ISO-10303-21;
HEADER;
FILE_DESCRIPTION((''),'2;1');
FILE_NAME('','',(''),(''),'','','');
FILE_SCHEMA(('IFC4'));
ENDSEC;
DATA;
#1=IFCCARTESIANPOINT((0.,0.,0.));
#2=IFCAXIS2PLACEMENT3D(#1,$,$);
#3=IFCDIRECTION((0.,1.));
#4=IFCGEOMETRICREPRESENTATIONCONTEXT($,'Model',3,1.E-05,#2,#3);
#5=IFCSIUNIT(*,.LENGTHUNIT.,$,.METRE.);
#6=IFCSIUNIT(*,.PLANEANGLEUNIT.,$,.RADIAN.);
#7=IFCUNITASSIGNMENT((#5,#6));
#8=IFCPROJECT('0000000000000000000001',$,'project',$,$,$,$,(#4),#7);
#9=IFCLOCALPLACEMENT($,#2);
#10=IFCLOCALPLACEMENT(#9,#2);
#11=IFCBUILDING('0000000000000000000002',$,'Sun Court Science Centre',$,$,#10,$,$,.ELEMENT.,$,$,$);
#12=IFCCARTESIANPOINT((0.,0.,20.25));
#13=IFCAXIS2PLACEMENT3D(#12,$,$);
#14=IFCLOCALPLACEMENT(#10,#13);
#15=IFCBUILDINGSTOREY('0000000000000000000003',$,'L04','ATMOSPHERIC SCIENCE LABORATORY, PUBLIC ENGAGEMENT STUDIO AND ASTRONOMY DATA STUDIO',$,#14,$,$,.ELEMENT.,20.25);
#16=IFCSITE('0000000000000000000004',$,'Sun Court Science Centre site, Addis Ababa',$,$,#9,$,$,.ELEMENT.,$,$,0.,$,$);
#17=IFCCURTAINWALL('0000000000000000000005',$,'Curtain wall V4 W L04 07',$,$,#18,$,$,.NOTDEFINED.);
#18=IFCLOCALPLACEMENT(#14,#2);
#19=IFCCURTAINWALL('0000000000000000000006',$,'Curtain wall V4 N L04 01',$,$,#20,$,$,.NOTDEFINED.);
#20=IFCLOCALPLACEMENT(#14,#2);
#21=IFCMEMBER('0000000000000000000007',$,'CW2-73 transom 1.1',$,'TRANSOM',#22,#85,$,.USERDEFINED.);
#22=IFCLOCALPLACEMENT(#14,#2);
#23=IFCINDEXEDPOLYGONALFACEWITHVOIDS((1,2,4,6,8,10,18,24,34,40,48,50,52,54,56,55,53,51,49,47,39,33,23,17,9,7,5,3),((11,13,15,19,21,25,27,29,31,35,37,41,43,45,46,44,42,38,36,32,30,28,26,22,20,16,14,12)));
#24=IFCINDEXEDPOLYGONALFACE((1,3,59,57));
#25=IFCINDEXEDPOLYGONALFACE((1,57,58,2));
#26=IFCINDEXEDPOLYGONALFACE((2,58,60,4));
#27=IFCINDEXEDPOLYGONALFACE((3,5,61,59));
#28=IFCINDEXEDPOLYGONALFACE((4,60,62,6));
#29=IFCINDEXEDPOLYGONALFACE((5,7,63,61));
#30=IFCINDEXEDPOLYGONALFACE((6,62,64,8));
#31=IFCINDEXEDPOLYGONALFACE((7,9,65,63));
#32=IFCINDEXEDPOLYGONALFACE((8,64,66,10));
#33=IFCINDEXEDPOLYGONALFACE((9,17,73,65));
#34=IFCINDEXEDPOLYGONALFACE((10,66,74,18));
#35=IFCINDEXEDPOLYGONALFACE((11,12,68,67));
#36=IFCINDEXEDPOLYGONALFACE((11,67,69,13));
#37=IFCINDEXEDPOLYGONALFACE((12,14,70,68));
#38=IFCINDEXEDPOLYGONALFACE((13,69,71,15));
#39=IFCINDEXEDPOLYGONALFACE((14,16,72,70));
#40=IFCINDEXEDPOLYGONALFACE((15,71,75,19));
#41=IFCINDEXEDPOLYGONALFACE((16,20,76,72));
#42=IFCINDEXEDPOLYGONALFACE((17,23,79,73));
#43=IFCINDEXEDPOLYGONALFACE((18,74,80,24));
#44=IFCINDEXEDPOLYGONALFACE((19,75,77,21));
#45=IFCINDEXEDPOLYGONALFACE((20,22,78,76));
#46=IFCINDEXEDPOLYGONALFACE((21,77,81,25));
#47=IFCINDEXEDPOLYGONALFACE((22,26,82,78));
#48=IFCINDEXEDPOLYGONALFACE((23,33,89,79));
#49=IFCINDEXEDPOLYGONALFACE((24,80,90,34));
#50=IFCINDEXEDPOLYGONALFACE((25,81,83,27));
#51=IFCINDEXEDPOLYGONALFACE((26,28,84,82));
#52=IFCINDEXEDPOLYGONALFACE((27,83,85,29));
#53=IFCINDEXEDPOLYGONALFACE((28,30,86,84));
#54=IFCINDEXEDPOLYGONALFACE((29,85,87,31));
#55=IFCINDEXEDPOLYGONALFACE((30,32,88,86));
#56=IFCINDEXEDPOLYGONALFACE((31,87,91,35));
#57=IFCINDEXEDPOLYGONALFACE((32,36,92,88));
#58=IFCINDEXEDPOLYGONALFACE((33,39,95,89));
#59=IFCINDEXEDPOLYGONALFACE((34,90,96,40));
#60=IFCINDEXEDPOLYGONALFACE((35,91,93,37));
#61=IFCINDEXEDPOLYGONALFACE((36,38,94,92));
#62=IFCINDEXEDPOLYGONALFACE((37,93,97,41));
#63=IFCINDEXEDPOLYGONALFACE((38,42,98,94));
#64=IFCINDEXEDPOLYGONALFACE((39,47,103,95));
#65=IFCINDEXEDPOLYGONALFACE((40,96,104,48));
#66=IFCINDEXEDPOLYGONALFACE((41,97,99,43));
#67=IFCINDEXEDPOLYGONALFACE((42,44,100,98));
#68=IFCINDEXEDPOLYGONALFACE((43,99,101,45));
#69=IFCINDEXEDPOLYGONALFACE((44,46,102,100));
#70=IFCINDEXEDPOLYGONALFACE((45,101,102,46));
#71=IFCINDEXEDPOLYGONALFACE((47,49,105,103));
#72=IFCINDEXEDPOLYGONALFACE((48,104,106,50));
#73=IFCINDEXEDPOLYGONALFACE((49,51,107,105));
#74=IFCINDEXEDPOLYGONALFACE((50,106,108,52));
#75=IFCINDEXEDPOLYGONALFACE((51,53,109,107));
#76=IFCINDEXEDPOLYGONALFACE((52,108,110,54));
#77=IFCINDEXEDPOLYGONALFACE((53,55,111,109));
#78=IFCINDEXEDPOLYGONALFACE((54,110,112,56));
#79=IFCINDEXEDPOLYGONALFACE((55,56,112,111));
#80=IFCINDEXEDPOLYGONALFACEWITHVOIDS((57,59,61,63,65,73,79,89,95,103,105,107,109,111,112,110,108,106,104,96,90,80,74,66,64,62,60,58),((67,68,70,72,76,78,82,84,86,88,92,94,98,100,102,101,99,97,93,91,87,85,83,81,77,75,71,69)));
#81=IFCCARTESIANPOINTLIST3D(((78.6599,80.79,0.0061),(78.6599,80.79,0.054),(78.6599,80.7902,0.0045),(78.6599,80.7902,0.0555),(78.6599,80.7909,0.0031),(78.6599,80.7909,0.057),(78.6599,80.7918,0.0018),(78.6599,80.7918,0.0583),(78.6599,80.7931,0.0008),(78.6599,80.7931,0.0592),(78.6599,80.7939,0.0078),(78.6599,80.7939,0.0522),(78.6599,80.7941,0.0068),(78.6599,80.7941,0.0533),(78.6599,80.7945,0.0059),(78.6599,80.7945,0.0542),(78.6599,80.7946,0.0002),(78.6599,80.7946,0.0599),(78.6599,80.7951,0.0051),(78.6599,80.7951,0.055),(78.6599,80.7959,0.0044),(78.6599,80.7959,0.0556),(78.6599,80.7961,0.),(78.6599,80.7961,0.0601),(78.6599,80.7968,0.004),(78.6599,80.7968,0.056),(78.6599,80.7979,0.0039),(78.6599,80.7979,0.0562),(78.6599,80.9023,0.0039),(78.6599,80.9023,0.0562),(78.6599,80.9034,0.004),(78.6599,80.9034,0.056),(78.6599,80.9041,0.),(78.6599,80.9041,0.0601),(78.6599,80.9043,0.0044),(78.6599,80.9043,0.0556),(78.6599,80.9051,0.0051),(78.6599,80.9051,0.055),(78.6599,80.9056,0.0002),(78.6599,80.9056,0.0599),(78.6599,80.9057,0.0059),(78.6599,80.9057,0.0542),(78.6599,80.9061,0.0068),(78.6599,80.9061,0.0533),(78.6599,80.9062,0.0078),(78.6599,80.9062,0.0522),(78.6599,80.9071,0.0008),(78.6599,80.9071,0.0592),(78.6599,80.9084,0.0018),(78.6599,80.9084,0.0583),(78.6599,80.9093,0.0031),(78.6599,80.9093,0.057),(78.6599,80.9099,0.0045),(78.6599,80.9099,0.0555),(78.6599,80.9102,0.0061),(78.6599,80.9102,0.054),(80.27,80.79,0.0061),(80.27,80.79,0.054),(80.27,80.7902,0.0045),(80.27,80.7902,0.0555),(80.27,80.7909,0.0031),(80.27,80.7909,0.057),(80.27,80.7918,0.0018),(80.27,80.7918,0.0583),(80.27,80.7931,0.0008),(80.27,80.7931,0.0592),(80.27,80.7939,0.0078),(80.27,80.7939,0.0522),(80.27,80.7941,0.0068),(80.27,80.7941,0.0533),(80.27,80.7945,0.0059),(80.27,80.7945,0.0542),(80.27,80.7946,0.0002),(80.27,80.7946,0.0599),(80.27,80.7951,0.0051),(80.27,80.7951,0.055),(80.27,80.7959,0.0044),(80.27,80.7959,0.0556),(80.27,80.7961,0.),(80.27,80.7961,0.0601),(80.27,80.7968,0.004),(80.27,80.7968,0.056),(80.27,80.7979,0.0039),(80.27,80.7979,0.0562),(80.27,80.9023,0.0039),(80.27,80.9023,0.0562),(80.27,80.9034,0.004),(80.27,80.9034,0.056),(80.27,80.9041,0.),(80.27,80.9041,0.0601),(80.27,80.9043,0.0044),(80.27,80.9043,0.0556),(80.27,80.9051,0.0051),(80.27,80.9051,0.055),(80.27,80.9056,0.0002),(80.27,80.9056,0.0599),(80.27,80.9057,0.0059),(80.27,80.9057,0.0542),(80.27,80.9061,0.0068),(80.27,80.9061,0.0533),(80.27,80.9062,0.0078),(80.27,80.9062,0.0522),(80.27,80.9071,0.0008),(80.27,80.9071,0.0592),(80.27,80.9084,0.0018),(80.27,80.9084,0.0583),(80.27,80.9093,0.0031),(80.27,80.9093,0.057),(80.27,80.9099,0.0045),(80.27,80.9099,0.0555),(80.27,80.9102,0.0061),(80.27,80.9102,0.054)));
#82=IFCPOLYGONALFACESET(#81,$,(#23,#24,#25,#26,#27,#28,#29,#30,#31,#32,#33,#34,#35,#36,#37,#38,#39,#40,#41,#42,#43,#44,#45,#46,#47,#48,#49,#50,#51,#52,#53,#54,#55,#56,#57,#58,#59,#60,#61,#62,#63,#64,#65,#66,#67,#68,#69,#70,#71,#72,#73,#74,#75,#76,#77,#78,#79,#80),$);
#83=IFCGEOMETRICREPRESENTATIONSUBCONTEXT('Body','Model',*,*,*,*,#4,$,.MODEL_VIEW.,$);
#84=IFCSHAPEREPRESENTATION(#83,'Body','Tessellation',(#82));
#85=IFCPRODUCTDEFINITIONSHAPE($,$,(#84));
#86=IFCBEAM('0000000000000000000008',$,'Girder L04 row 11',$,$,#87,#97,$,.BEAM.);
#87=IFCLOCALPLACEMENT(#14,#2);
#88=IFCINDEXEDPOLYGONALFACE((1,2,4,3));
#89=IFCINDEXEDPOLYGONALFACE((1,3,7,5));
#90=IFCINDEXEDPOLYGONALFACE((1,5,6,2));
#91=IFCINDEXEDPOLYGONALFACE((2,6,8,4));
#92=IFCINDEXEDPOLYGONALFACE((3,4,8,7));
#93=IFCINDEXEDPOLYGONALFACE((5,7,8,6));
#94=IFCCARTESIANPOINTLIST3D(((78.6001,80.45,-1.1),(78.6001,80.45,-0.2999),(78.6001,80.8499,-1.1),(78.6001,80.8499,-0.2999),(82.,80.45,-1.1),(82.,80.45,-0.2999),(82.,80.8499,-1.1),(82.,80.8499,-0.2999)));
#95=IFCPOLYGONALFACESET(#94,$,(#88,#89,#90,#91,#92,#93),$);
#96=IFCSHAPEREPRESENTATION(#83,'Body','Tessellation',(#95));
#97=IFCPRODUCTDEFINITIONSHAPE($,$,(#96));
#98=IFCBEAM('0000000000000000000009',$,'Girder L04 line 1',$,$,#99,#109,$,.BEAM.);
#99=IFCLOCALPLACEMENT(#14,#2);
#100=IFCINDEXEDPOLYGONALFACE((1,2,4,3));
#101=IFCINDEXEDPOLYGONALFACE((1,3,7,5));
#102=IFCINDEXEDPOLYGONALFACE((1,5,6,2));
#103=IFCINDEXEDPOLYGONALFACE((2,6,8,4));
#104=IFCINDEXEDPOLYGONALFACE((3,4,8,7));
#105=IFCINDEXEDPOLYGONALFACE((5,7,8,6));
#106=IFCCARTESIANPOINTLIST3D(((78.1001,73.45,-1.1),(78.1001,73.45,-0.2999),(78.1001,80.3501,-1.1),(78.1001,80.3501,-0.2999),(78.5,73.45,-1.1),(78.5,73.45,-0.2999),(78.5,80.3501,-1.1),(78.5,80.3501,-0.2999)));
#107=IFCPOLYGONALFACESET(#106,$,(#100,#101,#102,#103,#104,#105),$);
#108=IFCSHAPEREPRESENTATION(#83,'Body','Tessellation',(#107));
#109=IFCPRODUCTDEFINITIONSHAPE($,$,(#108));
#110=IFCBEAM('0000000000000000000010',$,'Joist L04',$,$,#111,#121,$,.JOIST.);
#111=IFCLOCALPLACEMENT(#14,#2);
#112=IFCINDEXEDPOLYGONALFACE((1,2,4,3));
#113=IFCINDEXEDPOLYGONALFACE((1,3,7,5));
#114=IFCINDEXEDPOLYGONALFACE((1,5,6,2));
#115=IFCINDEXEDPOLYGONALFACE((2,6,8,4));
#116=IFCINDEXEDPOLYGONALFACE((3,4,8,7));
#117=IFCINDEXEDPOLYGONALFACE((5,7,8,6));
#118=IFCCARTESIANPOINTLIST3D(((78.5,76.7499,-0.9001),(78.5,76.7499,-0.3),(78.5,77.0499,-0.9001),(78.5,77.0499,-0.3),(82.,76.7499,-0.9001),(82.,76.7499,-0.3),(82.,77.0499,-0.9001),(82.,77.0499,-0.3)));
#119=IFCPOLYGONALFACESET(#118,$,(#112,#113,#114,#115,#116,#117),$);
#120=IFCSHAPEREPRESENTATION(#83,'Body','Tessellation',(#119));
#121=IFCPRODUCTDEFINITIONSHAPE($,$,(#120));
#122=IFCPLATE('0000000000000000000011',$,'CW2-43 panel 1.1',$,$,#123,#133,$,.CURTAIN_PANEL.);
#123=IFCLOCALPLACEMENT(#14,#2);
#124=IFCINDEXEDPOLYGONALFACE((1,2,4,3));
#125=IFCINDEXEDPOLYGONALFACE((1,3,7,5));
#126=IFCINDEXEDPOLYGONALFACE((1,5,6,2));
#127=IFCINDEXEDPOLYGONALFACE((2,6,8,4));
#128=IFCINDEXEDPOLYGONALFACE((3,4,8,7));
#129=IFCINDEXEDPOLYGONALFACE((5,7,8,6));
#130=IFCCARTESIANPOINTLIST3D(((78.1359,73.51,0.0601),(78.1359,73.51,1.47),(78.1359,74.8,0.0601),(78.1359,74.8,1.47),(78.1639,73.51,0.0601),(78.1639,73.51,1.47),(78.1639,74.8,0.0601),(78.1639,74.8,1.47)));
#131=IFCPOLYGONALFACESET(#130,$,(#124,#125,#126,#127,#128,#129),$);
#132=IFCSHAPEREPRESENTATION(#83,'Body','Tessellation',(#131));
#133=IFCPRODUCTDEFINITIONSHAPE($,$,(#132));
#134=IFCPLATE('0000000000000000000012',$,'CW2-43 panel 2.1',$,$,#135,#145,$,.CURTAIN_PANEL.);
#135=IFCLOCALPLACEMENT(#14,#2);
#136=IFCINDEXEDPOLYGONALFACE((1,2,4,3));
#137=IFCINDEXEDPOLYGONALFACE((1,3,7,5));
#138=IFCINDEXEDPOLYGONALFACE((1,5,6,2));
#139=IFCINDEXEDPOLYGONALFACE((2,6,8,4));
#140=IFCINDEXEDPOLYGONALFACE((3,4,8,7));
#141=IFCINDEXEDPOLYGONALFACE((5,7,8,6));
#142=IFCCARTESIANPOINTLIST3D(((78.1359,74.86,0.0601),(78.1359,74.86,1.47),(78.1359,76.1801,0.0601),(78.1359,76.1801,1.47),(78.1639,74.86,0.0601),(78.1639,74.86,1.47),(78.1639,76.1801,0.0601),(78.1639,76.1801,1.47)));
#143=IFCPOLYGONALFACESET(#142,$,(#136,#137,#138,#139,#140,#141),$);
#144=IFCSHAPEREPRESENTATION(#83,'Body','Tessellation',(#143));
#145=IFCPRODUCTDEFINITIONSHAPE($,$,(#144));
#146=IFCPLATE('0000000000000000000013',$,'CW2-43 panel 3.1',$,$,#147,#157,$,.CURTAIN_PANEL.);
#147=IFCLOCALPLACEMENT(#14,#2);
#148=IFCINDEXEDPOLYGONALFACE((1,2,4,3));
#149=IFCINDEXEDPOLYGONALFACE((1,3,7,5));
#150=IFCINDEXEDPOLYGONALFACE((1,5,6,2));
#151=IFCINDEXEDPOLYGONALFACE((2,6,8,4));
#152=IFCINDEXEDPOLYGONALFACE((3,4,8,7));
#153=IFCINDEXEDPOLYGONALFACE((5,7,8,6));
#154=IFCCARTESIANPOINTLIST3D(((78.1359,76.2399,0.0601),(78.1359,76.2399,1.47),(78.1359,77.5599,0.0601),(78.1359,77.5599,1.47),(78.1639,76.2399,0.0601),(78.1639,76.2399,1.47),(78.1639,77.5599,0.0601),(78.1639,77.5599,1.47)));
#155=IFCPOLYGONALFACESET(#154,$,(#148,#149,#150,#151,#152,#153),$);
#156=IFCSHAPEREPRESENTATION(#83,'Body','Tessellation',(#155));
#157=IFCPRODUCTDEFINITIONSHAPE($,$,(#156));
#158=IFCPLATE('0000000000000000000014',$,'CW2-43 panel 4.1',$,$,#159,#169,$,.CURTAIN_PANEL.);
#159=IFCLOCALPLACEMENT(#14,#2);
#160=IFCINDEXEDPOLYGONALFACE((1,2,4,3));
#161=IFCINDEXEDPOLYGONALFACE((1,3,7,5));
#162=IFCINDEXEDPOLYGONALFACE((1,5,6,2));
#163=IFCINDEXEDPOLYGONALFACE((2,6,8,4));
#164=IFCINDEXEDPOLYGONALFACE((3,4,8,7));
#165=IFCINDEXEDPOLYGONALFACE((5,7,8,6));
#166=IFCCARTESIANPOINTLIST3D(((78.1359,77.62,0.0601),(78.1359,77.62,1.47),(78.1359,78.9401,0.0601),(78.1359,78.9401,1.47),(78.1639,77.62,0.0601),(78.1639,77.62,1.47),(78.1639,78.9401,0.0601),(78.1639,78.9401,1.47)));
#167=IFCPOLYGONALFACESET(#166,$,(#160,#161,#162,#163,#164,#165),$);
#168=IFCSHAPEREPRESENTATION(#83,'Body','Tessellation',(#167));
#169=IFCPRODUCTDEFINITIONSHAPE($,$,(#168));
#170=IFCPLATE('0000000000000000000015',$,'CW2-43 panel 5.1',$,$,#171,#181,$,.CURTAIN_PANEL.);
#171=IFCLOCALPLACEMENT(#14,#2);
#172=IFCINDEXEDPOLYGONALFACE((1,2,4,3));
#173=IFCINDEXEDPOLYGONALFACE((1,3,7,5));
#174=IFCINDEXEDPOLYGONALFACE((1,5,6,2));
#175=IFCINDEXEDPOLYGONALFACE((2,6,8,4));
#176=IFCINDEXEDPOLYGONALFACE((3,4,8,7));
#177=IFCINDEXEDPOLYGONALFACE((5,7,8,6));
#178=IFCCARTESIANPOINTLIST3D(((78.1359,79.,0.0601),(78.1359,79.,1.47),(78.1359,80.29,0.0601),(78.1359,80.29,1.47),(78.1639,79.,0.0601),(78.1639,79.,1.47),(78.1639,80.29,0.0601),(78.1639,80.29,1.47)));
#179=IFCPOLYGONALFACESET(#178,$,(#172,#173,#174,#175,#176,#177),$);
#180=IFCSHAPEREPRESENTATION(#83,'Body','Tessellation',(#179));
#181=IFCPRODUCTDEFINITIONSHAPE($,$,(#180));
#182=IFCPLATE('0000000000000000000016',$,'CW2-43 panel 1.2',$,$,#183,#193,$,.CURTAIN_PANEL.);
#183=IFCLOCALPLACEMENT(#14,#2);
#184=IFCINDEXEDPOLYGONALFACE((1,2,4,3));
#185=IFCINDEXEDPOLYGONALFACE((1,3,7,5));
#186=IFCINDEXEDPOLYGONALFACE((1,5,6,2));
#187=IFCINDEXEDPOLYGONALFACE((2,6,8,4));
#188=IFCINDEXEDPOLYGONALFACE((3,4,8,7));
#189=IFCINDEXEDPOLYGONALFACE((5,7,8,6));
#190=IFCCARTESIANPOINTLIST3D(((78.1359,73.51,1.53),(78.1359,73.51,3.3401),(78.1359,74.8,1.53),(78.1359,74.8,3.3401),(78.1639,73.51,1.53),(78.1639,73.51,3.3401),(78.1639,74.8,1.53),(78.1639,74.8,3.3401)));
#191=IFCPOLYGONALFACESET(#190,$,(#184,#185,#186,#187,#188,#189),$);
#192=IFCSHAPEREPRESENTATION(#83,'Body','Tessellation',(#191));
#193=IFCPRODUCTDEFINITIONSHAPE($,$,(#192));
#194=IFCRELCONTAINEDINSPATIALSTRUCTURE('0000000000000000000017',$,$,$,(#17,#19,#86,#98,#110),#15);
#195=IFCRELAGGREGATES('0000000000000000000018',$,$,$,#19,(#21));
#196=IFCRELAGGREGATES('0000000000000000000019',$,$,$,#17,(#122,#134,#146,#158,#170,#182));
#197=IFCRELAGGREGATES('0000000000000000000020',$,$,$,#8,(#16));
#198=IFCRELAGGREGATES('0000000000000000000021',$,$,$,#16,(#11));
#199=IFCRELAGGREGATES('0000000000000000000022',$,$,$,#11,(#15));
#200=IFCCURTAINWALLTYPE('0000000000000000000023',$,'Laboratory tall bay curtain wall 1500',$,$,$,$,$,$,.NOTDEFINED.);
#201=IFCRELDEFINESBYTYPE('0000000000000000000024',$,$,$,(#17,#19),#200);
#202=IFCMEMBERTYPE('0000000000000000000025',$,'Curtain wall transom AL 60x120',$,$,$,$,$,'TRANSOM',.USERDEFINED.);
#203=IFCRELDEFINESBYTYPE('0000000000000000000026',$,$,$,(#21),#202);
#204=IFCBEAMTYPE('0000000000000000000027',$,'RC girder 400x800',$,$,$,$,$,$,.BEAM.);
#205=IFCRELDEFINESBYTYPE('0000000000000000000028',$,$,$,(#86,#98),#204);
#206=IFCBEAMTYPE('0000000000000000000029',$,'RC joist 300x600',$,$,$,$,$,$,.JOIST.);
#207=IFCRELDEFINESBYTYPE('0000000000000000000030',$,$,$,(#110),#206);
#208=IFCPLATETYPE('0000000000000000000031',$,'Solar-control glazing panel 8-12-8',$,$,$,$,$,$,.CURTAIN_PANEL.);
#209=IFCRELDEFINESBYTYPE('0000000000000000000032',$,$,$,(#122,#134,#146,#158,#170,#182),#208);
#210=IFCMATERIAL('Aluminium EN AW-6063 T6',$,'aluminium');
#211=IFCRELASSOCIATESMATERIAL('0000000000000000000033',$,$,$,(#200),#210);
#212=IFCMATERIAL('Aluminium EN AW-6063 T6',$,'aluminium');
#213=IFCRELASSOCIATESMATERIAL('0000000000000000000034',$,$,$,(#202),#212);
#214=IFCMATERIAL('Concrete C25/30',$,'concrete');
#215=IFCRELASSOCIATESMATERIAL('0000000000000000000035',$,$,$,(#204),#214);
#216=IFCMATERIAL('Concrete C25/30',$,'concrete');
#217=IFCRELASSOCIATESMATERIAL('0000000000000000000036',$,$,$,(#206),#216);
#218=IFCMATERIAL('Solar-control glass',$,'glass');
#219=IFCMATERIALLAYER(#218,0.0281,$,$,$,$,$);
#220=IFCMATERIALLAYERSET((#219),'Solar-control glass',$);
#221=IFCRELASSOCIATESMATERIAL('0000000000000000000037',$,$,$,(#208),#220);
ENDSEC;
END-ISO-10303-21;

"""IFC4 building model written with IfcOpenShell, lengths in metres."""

from ifc_helpers import new_model, si_unit, direction, frame, origin, origin_2d, place, context, subcontext, project, spatial, rectangle, hollow_rectangle, extrude, material, layer, layer_set, material_profile, profile_set, type_object, element, aggregate, save


model = new_model("IFC4")

# Units and contexts
model_context = context("Model", 3, precision=1e-05, world=origin(), true_north=direction((0.0, 1.0)))
body_context = subcontext(model_context, "Body", "Model", "MODEL_VIEW")
ifc_project = project(units=[si_unit("LENGTHUNIT", "METRE"), si_unit("PLANEANGLEUNIT", "RADIAN")], contexts=[model_context])

# Site, building, storey
site_placement = place(None, origin())
site = spatial("IfcSite", under=ifc_project, at=site_placement, Name="Sun Court Science Centre site, Addis Ababa", CompositionType="ELEMENT", RefElevation=0.0)
building_placement = place(site_placement, origin())
building = spatial("IfcBuilding", under=site, at=building_placement, Name="Sun Court Science Centre", CompositionType="ELEMENT")
storey_placement = place(building_placement, frame((0.0, 0.0, 20.25)))
storey = spatial("IfcBuildingStorey", under=building, at=storey_placement, Name="L04", Description="ATMOSPHERIC SCIENCE LABORATORY, PUBLIC ENGAGEMENT STUDIO AND ASTRONOMY DATA STUDIO", CompositionType="ELEMENT", Elevation=20.25)

# Curtain wall
ifc_material_1 = material(Name="Aluminium EN AW-6063 T6", Category="aluminium")
curtain_wall_type = type_object("IfcCurtainWallType", Name="Laboratory tall bay curtain wall 1500", PredefinedType="NOTDEFINED", material=ifc_material_1)
curtain_wall_1_placement = place(storey_placement, origin())
curtain_wall_1 = element("IfcCurtainWall", 1, at=curtain_wall_1_placement, inside=storey, type_object=curtain_wall_type, Name="Curtain wall V4 W L04 07", PredefinedType="NOTDEFINED")

# Curtain wall
curtain_wall_2_placement = place(storey_placement, origin())
curtain_wall_2 = element("IfcCurtainWall", 2, at=curtain_wall_2_placement, inside=storey, type_object=curtain_wall_type, Name="Curtain wall V4 N L04 01", PredefinedType="NOTDEFINED")

# Member
ifc_material_2 = material(Name="Aluminium EN AW-6063 T6", Category="aluminium")
ifc_material_profile_1 = material_profile(ifc_material_2, hollow_rectangle(XDim=0.0601, YDim=0.1201, WallThickness=0.0039, InnerFilletRadius=0.0039, OuterFilletRadius=0.0061, at=origin_2d()), Name="AL 60x120x4")
ifc_profile_set_1 = profile_set([ifc_material_profile_1], Name="Aluminium EN AW-6063 T6")
member_type_1 = type_object("IfcMemberType", Name="Curtain wall transom AL 60x120", ElementType="TRANSOM", PredefinedType="USERDEFINED", material=ifc_profile_set_1)
member_1_placement = place(storey_placement, frame((78.6599, 80.8501, 0.03), z_axis=(1.0, 0.0, 0.0), x_axis=(0.0, 0.0, 1.0)))
member_1 = element("IfcMember", 3, at=member_1_placement, type_object=member_type_1, Name="CW2-73 transom 1.1", ObjectType="TRANSOM", PredefinedType="USERDEFINED", context=body_context, shape_type="SweptSolid", body=[
    extrude(hollow_rectangle(XDim=0.0601, YDim=0.1201, WallThickness=0.0039, InnerFilletRadius=0.0039, OuterFilletRadius=0.0061, at=origin_2d()), origin(), (0.0, 0.0, 1.0), 1.6101),
])
aggregate(curtain_wall_2, [member_1])

# Beams
ifc_material_3 = material(Name="Concrete C25/30", Category="concrete")
ifc_material_profile_2 = material_profile(ifc_material_3, rectangle(XDim=0.3999, YDim=0.8, at=origin_2d()), Name="RC 400x800")
ifc_profile_set_2 = profile_set([ifc_material_profile_2], Name="Concrete C25/30")
beam_type_1 = type_object("IfcBeamType", Name="RC girder 400x800", PredefinedType="BEAM", material=ifc_profile_set_2)
beam_1_placement = place(storey_placement, frame((78.6001, 80.6499, -0.7), z_axis=(1.0, 0.0, 0.0), x_axis=(0.0, 1.0, 0.0)))
element("IfcBeam", 4, at=beam_1_placement, inside=storey, type_object=beam_type_1, Name="Girder L04 row 11", PredefinedType="BEAM", context=body_context, shape_type="SweptSolid", body=[
    extrude(rectangle(XDim=0.3999, YDim=0.8, at=origin_2d()), origin(), (0.0, 0.0, 1.0), 3.3999),
])
beam_2_placement = place(storey_placement, frame((78.3, 73.45, -0.7), z_axis=(0.0, 1.0, 0.0), x_axis=(-1.0, 0.0, 0.0)))
element("IfcBeam", 5, at=beam_2_placement, inside=storey, type_object=beam_type_1, Name="Girder L04 line 1", PredefinedType="BEAM", context=body_context, shape_type="SweptSolid", body=[
    extrude(rectangle(XDim=0.3999, YDim=0.8, at=origin_2d()), origin(), (0.0, 0.0, 1.0), 6.9001),
])
ifc_material_4 = material(Name="Concrete C25/30", Category="concrete")
ifc_material_profile_3 = material_profile(ifc_material_4, rectangle(XDim=0.3, YDim=0.6001, at=origin_2d()), Name="RC 300x600")
ifc_profile_set_3 = profile_set([ifc_material_profile_3], Name="Concrete C25/30")
beam_type_2 = type_object("IfcBeamType", Name="RC joist 300x600", PredefinedType="JOIST", material=ifc_profile_set_3)
beam_3_placement = place(storey_placement, frame((78.5, 76.8999, -0.6001), z_axis=(1.0, 0.0, 0.0), x_axis=(0.0, 1.0, 0.0)))
element("IfcBeam", 6, at=beam_3_placement, inside=storey, type_object=beam_type_2, Name="Joist L04", PredefinedType="JOIST", context=body_context, shape_type="SweptSolid", body=[
    extrude(rectangle(XDim=0.3, YDim=0.6001, at=origin_2d()), origin(), (0.0, 0.0, 1.0), 3.5),
])

# Plates
ifc_material_5 = material(Name="Solar-control glass", Category="glass")
ifc_layer_1 = layer(ifc_material_5, 0.0281)
ifc_layer_set_1 = layer_set([ifc_layer_1], Name="Solar-control glass")
plate_type = type_object("IfcPlateType", Name="Solar-control glazing panel 8-12-8", PredefinedType="CURTAIN_PANEL", material=ifc_layer_set_1)
plate_1_placement = place(storey_placement, frame((78.1499, 74.155, 0.0601), z_axis=(0.0, 0.0, 1.0), x_axis=(0.0, 1.0, 0.0)))
plate_1 = element("IfcPlate", 7, at=plate_1_placement, type_object=plate_type, Name="CW2-43 panel 1.1", PredefinedType="CURTAIN_PANEL", context=body_context, shape_type="SweptSolid", body=[
    extrude(rectangle(XDim=1.29, YDim=0.0281, at=origin_2d()), origin(), (0.0, 0.0, 1.0), 1.4099),
])
plate_2_placement = place(storey_placement, frame((78.1499, 75.52, 0.0601), z_axis=(0.0, 0.0, 1.0), x_axis=(0.0, 1.0, 0.0)))
plate_2 = element("IfcPlate", 8, at=plate_2_placement, type_object=plate_type, Name="CW2-43 panel 2.1", PredefinedType="CURTAIN_PANEL", context=body_context, shape_type="SweptSolid", body=[
    extrude(rectangle(XDim=1.3201, YDim=0.0281, at=origin_2d()), origin(), (0.0, 0.0, 1.0), 1.4099),
])
plate_3_placement = place(storey_placement, frame((78.1499, 76.8999, 0.0601), z_axis=(0.0, 0.0, 1.0), x_axis=(0.0, 1.0, 0.0)))
plate_3 = element("IfcPlate", 9, at=plate_3_placement, type_object=plate_type, Name="CW2-43 panel 3.1", PredefinedType="CURTAIN_PANEL", context=body_context, shape_type="SweptSolid", body=[
    extrude(rectangle(XDim=1.3201, YDim=0.0281, at=origin_2d()), origin(), (0.0, 0.0, 1.0), 1.4099),
])
plate_4_placement = place(storey_placement, frame((78.1499, 78.28, 0.0601), z_axis=(0.0, 0.0, 1.0), x_axis=(0.0, 1.0, 0.0)))
plate_4 = element("IfcPlate", 10, at=plate_4_placement, type_object=plate_type, Name="CW2-43 panel 4.1", PredefinedType="CURTAIN_PANEL", context=body_context, shape_type="SweptSolid", body=[
    extrude(rectangle(XDim=1.3201, YDim=0.0281, at=origin_2d()), origin(), (0.0, 0.0, 1.0), 1.4099),
])
plate_5_placement = place(storey_placement, frame((78.1499, 79.645, 0.0601), z_axis=(0.0, 0.0, 1.0), x_axis=(0.0, 1.0, 0.0)))
plate_5 = element("IfcPlate", 11, at=plate_5_placement, type_object=plate_type, Name="CW2-43 panel 5.1", PredefinedType="CURTAIN_PANEL", context=body_context, shape_type="SweptSolid", body=[
    extrude(rectangle(XDim=1.29, YDim=0.0281, at=origin_2d()), origin(), (0.0, 0.0, 1.0), 1.4099),
])
plate_6_placement = place(storey_placement, frame((78.1499, 74.155, 1.53), z_axis=(0.0, 0.0, 1.0), x_axis=(0.0, 1.0, 0.0)))
plate_6 = element("IfcPlate", 12, at=plate_6_placement, type_object=plate_type, Name="CW2-43 panel 1.2", PredefinedType="CURTAIN_PANEL", context=body_context, shape_type="SweptSolid", body=[
    extrude(rectangle(XDim=1.29, YDim=0.0281, at=origin_2d()), origin(), (0.0, 0.0, 1.0), 1.8101),
])
aggregate(curtain_wall_1, [plate_1, plate_2, plate_3, plate_4, plate_5, plate_6])

save(model, "model.ifc")
